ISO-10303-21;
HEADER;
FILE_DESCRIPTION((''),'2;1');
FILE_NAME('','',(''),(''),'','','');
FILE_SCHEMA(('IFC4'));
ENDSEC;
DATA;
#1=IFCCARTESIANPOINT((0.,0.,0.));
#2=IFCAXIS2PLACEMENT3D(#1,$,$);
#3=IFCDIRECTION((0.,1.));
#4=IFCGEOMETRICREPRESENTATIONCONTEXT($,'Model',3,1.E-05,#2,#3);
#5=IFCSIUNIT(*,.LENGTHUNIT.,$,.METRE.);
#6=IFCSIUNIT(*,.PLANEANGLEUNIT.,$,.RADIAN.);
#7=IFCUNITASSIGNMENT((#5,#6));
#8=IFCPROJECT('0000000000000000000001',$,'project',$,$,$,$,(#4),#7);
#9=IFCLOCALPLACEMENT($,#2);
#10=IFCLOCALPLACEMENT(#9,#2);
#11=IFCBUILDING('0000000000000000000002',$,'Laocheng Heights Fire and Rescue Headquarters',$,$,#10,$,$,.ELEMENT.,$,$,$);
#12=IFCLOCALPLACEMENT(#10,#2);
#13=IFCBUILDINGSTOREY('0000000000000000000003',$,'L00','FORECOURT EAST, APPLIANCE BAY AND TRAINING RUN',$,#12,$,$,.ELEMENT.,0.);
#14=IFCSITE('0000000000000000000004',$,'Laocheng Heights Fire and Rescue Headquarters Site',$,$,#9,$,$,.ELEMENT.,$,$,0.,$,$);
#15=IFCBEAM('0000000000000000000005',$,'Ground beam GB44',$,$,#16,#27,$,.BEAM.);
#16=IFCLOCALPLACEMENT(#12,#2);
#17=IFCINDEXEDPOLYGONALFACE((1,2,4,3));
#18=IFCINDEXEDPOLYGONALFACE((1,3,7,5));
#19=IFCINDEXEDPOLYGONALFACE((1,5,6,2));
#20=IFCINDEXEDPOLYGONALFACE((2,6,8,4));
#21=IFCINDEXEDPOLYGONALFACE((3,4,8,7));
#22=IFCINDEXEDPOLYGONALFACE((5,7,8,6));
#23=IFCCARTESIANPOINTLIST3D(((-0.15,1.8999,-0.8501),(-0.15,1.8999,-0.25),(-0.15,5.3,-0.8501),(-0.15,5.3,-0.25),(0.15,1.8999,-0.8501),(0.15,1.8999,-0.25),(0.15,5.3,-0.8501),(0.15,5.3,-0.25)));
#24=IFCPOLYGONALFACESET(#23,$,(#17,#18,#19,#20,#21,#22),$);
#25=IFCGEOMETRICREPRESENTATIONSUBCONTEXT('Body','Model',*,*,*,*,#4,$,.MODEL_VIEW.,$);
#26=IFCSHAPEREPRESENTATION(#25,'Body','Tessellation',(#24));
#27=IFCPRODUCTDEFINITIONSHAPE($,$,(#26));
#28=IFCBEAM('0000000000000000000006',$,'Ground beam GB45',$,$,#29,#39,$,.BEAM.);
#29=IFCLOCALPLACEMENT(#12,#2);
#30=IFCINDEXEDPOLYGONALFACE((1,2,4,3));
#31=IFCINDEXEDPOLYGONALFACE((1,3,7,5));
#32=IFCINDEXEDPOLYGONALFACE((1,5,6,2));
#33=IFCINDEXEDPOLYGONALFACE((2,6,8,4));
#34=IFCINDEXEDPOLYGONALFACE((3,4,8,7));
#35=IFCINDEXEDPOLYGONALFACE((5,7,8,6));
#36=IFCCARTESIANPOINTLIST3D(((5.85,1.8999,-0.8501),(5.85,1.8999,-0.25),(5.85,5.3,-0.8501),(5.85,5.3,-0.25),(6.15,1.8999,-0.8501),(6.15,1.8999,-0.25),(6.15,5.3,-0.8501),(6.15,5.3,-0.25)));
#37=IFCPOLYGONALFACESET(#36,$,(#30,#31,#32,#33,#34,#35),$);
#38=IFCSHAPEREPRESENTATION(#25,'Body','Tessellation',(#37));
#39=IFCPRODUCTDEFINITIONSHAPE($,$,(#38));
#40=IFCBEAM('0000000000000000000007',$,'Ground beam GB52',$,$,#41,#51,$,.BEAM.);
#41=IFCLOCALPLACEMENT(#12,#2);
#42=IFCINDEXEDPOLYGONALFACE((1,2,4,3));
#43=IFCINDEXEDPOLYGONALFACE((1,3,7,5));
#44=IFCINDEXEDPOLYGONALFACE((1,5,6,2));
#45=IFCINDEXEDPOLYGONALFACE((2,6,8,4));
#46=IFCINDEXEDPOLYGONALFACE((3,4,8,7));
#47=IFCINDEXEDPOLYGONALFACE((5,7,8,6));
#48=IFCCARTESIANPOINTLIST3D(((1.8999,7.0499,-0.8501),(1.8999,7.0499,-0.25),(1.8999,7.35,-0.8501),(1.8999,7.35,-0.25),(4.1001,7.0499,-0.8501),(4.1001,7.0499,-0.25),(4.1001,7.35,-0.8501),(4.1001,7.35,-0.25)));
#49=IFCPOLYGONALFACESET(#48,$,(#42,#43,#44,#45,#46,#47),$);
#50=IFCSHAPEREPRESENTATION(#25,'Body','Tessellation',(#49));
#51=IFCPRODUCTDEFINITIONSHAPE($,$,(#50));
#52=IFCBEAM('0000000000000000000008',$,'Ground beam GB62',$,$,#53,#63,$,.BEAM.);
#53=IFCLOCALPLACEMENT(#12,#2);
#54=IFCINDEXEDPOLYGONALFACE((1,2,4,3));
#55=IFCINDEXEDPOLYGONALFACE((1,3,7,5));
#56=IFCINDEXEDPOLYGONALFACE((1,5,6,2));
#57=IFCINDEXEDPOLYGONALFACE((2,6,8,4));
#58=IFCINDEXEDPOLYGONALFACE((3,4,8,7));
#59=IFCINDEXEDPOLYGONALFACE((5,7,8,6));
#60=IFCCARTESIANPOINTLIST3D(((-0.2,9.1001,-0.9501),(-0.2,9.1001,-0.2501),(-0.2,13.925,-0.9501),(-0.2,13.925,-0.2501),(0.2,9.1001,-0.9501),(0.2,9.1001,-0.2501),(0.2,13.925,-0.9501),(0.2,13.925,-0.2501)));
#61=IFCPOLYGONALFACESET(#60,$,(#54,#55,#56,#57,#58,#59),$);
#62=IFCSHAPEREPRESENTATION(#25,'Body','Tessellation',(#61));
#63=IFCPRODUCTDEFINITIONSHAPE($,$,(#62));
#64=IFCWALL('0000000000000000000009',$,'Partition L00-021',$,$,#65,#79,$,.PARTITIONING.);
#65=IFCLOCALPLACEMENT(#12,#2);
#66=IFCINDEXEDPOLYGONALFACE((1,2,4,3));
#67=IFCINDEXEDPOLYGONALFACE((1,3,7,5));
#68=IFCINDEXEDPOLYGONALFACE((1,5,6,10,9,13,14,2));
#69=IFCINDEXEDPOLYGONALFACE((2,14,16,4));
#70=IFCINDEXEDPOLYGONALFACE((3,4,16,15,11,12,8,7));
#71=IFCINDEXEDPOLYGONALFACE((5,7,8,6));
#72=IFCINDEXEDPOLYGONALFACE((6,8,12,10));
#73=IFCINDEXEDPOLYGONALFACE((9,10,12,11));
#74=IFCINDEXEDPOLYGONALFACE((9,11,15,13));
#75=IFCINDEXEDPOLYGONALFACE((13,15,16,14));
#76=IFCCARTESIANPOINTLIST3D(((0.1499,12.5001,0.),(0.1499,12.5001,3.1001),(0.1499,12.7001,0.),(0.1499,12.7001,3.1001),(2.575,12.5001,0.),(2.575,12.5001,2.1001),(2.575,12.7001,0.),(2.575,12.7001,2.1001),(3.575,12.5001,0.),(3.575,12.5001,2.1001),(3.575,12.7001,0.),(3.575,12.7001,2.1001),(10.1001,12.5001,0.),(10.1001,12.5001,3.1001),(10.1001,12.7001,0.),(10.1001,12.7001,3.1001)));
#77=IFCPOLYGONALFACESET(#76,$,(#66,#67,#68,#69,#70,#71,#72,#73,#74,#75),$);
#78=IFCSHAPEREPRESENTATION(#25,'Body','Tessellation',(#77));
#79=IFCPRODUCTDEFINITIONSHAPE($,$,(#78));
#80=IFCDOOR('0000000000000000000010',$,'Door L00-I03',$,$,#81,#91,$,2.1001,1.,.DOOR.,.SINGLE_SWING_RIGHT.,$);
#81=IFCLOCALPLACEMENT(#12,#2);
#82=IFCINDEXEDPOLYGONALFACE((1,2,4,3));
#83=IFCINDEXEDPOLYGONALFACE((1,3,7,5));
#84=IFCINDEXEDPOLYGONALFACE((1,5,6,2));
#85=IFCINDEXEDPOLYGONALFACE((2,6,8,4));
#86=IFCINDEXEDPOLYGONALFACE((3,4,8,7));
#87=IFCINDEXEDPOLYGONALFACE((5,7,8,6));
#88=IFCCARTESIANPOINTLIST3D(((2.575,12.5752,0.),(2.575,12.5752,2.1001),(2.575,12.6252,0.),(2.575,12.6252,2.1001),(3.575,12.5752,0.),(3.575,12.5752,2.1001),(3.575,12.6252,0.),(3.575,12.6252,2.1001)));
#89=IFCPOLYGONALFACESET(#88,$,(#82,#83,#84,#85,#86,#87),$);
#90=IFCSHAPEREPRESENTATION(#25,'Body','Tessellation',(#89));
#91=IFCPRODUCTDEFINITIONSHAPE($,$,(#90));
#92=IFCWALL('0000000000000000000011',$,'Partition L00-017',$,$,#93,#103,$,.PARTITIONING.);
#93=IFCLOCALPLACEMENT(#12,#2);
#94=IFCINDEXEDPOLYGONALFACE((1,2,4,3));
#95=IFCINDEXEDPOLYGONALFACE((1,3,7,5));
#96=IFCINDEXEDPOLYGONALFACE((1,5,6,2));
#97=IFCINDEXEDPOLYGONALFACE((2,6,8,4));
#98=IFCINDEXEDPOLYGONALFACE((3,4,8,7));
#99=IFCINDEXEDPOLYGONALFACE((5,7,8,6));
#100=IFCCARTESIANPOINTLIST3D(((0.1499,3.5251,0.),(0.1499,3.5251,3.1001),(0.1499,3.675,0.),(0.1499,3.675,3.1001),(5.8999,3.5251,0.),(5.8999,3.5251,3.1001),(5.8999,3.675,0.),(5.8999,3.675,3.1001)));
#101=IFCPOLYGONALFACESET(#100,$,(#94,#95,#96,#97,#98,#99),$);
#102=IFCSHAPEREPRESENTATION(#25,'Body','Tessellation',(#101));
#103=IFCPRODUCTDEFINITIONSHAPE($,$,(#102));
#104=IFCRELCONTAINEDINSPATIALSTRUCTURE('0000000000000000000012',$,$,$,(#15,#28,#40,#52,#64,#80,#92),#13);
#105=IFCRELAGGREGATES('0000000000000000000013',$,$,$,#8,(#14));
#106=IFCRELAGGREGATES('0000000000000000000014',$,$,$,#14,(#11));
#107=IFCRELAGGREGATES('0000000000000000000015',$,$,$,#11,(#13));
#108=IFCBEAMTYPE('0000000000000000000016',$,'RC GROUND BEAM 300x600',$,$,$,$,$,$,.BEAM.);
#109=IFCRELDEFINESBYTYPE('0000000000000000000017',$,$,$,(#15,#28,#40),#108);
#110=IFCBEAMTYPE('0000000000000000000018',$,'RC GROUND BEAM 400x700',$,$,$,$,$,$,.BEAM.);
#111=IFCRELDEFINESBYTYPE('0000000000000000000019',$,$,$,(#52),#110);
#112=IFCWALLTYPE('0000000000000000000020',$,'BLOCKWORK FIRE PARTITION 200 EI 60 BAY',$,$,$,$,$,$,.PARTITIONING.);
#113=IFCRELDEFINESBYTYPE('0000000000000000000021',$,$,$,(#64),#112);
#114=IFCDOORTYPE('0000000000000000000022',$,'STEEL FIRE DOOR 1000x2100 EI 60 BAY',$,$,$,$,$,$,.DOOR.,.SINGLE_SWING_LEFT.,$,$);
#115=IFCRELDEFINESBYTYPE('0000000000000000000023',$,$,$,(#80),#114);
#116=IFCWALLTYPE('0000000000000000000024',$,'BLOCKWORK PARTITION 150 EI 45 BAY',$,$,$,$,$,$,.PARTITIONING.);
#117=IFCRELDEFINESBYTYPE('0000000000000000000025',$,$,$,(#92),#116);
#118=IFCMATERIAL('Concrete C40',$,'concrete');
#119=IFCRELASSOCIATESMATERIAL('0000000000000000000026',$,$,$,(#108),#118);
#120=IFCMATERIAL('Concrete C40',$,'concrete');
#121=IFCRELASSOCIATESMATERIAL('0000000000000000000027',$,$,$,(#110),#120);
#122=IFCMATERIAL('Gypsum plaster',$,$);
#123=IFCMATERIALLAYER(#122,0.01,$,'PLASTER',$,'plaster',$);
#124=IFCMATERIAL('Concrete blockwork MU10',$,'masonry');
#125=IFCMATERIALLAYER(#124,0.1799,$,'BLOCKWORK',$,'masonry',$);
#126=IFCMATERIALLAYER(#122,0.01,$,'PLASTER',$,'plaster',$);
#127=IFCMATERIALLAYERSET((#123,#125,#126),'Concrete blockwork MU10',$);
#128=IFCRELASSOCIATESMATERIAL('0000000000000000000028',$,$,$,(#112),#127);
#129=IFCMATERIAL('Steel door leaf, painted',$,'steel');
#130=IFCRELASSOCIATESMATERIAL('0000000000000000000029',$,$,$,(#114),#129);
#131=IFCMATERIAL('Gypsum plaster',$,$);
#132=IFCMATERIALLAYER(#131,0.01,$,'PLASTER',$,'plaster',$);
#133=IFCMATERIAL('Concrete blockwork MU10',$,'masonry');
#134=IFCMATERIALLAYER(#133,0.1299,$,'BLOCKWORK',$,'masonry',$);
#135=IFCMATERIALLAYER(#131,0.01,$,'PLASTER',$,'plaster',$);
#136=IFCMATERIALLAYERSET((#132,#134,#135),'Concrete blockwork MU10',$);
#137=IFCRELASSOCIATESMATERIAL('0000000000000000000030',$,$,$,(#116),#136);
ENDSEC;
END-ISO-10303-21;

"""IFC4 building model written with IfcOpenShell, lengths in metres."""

from ifc_helpers import new_model, si_unit, direction, frame, frame_2d, origin, origin_2d, place, context, subcontext, project, spatial, rectangle, extrude, material, layer, layer_set, material_profile, profile_set, type_object, element, fill, save


model = new_model("IFC4")

# Units and contexts
model_context = context("Model", 3, precision=1e-05, world=origin(), true_north=direction((0.0, 1.0)))
body_context = subcontext(model_context, "Body", "Model", "MODEL_VIEW")
ifc_project = project(units=[si_unit("LENGTHUNIT", "METRE"), si_unit("PLANEANGLEUNIT", "RADIAN")], contexts=[model_context])

# Site, building, storey
site_placement = place(None, origin())
site = spatial("IfcSite", under=ifc_project, at=site_placement, Name="Laocheng Heights Fire and Rescue Headquarters Site", CompositionType="ELEMENT", RefElevation=0.0)
building_placement = place(site_placement, origin())
building = spatial("IfcBuilding", under=site, at=building_placement, Name="Laocheng Heights Fire and Rescue Headquarters", CompositionType="ELEMENT")
storey_placement = place(building_placement, origin())
storey = spatial("IfcBuildingStorey", under=building, at=storey_placement, Name="L00", Description="FORECOURT EAST, APPLIANCE BAY AND TRAINING RUN", CompositionType="ELEMENT", Elevation=0.0)

# Beams
ifc_material_1 = material(Name="Concrete C40", Category="concrete")
ifc_material_profile_1 = material_profile(ifc_material_1, rectangle(XDim=0.3, YDim=0.6001, at=origin_2d()), Name="RC GROUND BEAM 300x600")
ifc_profile_set_1 = profile_set([ifc_material_profile_1], Name="Concrete C40")
beam_type_1 = type_object("IfcBeamType", Name="RC GROUND BEAM 300x600", PredefinedType="BEAM", material=ifc_profile_set_1)
for number, where, z_axis, x_axis, name in (
    (1, (0.0, 1.8999, -0.55), (0.0, 1.0, 0.0), (-1.0, 0.0, 0.0), "Ground beam GB44"),
    (2, (6.0, 1.8999, -0.55), (0.0, 1.0, 0.0), (-1.0, 0.0, 0.0), "Ground beam GB45"),
):
    element("IfcBeam", number, at=place(storey_placement, frame(where, z_axis=z_axis, x_axis=x_axis)), inside=storey, type_object=beam_type_1, Name=name, PredefinedType="BEAM", context=body_context, shape_type="SweptSolid", body=[
        extrude(rectangle(XDim=0.3, YDim=0.6001, at=origin_2d()), origin(), (0.0, 0.0, 1.0), 3.4001),
    ])
beam_1_placement = place(storey_placement, frame((1.8999, 7.2, -0.55), z_axis=(1.0, 0.0, 0.0), x_axis=(0.0, 1.0, 0.0)))
element("IfcBeam", 3, at=beam_1_placement, inside=storey, type_object=beam_type_1, Name="Ground beam GB52", PredefinedType="BEAM", context=body_context, shape_type="SweptSolid", body=[
    extrude(rectangle(XDim=0.3, YDim=0.6001, at=origin_2d()), origin(), (0.0, 0.0, 1.0), 2.2002),
])
ifc_material_2 = material(Name="Concrete C40", Category="concrete")
ifc_material_profile_2 = material_profile(ifc_material_2, rectangle(XDim=0.3999, YDim=0.7, at=origin_2d()), Name="RC GROUND BEAM 400x700")
ifc_profile_set_2 = profile_set([ifc_material_profile_2], Name="Concrete C40")
beam_type_2 = type_object("IfcBeamType", Name="RC GROUND BEAM 400x700", PredefinedType="BEAM", material=ifc_profile_set_2)
beam_2_placement = place(storey_placement, frame((0.0, 9.1001, -0.6001), z_axis=(0.0, 1.0, 0.0), x_axis=(-1.0, 0.0, 0.0)))
element("IfcBeam", 4, at=beam_2_placement, inside=storey, type_object=beam_type_2, Name="Ground beam GB62", PredefinedType="BEAM", context=body_context, shape_type="SweptSolid", body=[
    extrude(rectangle(XDim=0.3999, YDim=0.7, at=origin_2d()), origin(), (0.0, 0.0, 1.0), 4.825),
])

# Wall, opening, door
ifc_material_3 = material(Name="Gypsum plaster")
ifc_layer_1 = layer(ifc_material_3, 0.01, Name="PLASTER", Category="plaster")
ifc_material_4 = material(Name="Concrete blockwork MU10", Category="masonry")
ifc_layer_2 = layer(ifc_material_4, 0.1799, Name="BLOCKWORK", Category="masonry")
ifc_layer_3 = layer(ifc_material_3, 0.01, Name="PLASTER", Category="plaster")
ifc_layer_set_1 = layer_set([ifc_layer_1, ifc_layer_2, ifc_layer_3], Name="Concrete blockwork MU10")
wall_type_1 = type_object("IfcWallType", Name="BLOCKWORK FIRE PARTITION 200 EI 60 BAY", PredefinedType="PARTITIONING", material=ifc_layer_set_1)
wall_1_placement = place(storey_placement, frame((0.1499, 12.6001, 0.0), z_axis=(0.0, 0.0, 1.0), x_axis=(1.0, 0.0, 0.0)))
wall_1 = element("IfcWall", 5, at=wall_1_placement, inside=storey, type_object=wall_type_1, Name="Partition L00-021", PredefinedType="PARTITIONING", context=body_context, shape_type="SweptSolid", body=[
    extrude(rectangle(XDim=9.9502, YDim=0.2, at=frame_2d((4.9751, 0.0))), origin(), (0.0, 0.0, 1.0), 3.1001),
])
opening_1_placement = place(wall_1_placement, frame((2.425, 0.0, 0.0)))
opening_1 = element("IfcOpeningElement", 6, at=opening_1_placement, cuts=wall_1, PredefinedType="OPENING", context=body_context, shape_type="SweptSolid", body=[
    extrude(rectangle(XDim=1.0, YDim=2.1001, at=frame_2d((0.5, 1.05))), frame((0.0, 0.1099, 0.0), z_axis=(0.0, -1.0, 0.0), x_axis=(1.0, 0.0, 0.0)), (0.0, 0.0, 1.0), 0.22),
])
ifc_material_5 = material(Name="Steel door leaf, painted", Category="steel")
door_type_1 = type_object("IfcDoorType", Name="STEEL FIRE DOOR 1000x2100 EI 60 BAY", OperationType="SINGLE_SWING_LEFT", PredefinedType="DOOR", material=ifc_material_5)
door_1_placement = place(opening_1_placement, frame((1.0, 0.0, 0.0), z_axis=(0.0, 0.0, 1.0), x_axis=(-1.0, 0.0, 0.0)))
door_1 = element("IfcDoor", 7, at=door_1_placement, inside=storey, type_object=door_type_1, Name="Door L00-I03", OperationType="SINGLE_SWING_RIGHT", OverallHeight=2.1001, OverallWidth=1.0, PredefinedType="DOOR", context=body_context, shape_type="SweptSolid", body=[
    extrude(rectangle(XDim=1.0, YDim=2.1001, at=frame_2d((0.5, 1.05))), frame((0.0, 0.0249, 0.0), z_axis=(0.0, -1.0, 0.0), x_axis=(1.0, 0.0, 0.0)), (0.0, 0.0, 1.0), 0.05),
])
fill(opening_1, door_1)

# Wall
ifc_material_6 = material(Name="Gypsum plaster")
ifc_layer_4 = layer(ifc_material_6, 0.01, Name="PLASTER", Category="plaster")
ifc_material_7 = material(Name="Concrete blockwork MU10", Category="masonry")
ifc_layer_5 = layer(ifc_material_7, 0.1299, Name="BLOCKWORK", Category="masonry")
ifc_layer_6 = layer(ifc_material_6, 0.01, Name="PLASTER", Category="plaster")
ifc_layer_set_2 = layer_set([ifc_layer_4, ifc_layer_5, ifc_layer_6], Name="Concrete blockwork MU10")
wall_type_2 = type_object("IfcWallType", Name="BLOCKWORK PARTITION 150 EI 45 BAY", PredefinedType="PARTITIONING", material=ifc_layer_set_2)
wall_2_placement = place(storey_placement, frame((0.1499, 3.6001, 0.0), z_axis=(0.0, 0.0, 1.0), x_axis=(1.0, 0.0, 0.0)))
element("IfcWall", 8, at=wall_2_placement, inside=storey, type_object=wall_type_2, Name="Partition L00-017", PredefinedType="PARTITIONING", context=body_context, shape_type="SweptSolid", body=[
    extrude(rectangle(XDim=5.75, YDim=0.1499, at=frame_2d((2.875, 0.0))), origin(), (0.0, 0.0, 1.0), 3.1001),
])

save(model, "model.ifc")
